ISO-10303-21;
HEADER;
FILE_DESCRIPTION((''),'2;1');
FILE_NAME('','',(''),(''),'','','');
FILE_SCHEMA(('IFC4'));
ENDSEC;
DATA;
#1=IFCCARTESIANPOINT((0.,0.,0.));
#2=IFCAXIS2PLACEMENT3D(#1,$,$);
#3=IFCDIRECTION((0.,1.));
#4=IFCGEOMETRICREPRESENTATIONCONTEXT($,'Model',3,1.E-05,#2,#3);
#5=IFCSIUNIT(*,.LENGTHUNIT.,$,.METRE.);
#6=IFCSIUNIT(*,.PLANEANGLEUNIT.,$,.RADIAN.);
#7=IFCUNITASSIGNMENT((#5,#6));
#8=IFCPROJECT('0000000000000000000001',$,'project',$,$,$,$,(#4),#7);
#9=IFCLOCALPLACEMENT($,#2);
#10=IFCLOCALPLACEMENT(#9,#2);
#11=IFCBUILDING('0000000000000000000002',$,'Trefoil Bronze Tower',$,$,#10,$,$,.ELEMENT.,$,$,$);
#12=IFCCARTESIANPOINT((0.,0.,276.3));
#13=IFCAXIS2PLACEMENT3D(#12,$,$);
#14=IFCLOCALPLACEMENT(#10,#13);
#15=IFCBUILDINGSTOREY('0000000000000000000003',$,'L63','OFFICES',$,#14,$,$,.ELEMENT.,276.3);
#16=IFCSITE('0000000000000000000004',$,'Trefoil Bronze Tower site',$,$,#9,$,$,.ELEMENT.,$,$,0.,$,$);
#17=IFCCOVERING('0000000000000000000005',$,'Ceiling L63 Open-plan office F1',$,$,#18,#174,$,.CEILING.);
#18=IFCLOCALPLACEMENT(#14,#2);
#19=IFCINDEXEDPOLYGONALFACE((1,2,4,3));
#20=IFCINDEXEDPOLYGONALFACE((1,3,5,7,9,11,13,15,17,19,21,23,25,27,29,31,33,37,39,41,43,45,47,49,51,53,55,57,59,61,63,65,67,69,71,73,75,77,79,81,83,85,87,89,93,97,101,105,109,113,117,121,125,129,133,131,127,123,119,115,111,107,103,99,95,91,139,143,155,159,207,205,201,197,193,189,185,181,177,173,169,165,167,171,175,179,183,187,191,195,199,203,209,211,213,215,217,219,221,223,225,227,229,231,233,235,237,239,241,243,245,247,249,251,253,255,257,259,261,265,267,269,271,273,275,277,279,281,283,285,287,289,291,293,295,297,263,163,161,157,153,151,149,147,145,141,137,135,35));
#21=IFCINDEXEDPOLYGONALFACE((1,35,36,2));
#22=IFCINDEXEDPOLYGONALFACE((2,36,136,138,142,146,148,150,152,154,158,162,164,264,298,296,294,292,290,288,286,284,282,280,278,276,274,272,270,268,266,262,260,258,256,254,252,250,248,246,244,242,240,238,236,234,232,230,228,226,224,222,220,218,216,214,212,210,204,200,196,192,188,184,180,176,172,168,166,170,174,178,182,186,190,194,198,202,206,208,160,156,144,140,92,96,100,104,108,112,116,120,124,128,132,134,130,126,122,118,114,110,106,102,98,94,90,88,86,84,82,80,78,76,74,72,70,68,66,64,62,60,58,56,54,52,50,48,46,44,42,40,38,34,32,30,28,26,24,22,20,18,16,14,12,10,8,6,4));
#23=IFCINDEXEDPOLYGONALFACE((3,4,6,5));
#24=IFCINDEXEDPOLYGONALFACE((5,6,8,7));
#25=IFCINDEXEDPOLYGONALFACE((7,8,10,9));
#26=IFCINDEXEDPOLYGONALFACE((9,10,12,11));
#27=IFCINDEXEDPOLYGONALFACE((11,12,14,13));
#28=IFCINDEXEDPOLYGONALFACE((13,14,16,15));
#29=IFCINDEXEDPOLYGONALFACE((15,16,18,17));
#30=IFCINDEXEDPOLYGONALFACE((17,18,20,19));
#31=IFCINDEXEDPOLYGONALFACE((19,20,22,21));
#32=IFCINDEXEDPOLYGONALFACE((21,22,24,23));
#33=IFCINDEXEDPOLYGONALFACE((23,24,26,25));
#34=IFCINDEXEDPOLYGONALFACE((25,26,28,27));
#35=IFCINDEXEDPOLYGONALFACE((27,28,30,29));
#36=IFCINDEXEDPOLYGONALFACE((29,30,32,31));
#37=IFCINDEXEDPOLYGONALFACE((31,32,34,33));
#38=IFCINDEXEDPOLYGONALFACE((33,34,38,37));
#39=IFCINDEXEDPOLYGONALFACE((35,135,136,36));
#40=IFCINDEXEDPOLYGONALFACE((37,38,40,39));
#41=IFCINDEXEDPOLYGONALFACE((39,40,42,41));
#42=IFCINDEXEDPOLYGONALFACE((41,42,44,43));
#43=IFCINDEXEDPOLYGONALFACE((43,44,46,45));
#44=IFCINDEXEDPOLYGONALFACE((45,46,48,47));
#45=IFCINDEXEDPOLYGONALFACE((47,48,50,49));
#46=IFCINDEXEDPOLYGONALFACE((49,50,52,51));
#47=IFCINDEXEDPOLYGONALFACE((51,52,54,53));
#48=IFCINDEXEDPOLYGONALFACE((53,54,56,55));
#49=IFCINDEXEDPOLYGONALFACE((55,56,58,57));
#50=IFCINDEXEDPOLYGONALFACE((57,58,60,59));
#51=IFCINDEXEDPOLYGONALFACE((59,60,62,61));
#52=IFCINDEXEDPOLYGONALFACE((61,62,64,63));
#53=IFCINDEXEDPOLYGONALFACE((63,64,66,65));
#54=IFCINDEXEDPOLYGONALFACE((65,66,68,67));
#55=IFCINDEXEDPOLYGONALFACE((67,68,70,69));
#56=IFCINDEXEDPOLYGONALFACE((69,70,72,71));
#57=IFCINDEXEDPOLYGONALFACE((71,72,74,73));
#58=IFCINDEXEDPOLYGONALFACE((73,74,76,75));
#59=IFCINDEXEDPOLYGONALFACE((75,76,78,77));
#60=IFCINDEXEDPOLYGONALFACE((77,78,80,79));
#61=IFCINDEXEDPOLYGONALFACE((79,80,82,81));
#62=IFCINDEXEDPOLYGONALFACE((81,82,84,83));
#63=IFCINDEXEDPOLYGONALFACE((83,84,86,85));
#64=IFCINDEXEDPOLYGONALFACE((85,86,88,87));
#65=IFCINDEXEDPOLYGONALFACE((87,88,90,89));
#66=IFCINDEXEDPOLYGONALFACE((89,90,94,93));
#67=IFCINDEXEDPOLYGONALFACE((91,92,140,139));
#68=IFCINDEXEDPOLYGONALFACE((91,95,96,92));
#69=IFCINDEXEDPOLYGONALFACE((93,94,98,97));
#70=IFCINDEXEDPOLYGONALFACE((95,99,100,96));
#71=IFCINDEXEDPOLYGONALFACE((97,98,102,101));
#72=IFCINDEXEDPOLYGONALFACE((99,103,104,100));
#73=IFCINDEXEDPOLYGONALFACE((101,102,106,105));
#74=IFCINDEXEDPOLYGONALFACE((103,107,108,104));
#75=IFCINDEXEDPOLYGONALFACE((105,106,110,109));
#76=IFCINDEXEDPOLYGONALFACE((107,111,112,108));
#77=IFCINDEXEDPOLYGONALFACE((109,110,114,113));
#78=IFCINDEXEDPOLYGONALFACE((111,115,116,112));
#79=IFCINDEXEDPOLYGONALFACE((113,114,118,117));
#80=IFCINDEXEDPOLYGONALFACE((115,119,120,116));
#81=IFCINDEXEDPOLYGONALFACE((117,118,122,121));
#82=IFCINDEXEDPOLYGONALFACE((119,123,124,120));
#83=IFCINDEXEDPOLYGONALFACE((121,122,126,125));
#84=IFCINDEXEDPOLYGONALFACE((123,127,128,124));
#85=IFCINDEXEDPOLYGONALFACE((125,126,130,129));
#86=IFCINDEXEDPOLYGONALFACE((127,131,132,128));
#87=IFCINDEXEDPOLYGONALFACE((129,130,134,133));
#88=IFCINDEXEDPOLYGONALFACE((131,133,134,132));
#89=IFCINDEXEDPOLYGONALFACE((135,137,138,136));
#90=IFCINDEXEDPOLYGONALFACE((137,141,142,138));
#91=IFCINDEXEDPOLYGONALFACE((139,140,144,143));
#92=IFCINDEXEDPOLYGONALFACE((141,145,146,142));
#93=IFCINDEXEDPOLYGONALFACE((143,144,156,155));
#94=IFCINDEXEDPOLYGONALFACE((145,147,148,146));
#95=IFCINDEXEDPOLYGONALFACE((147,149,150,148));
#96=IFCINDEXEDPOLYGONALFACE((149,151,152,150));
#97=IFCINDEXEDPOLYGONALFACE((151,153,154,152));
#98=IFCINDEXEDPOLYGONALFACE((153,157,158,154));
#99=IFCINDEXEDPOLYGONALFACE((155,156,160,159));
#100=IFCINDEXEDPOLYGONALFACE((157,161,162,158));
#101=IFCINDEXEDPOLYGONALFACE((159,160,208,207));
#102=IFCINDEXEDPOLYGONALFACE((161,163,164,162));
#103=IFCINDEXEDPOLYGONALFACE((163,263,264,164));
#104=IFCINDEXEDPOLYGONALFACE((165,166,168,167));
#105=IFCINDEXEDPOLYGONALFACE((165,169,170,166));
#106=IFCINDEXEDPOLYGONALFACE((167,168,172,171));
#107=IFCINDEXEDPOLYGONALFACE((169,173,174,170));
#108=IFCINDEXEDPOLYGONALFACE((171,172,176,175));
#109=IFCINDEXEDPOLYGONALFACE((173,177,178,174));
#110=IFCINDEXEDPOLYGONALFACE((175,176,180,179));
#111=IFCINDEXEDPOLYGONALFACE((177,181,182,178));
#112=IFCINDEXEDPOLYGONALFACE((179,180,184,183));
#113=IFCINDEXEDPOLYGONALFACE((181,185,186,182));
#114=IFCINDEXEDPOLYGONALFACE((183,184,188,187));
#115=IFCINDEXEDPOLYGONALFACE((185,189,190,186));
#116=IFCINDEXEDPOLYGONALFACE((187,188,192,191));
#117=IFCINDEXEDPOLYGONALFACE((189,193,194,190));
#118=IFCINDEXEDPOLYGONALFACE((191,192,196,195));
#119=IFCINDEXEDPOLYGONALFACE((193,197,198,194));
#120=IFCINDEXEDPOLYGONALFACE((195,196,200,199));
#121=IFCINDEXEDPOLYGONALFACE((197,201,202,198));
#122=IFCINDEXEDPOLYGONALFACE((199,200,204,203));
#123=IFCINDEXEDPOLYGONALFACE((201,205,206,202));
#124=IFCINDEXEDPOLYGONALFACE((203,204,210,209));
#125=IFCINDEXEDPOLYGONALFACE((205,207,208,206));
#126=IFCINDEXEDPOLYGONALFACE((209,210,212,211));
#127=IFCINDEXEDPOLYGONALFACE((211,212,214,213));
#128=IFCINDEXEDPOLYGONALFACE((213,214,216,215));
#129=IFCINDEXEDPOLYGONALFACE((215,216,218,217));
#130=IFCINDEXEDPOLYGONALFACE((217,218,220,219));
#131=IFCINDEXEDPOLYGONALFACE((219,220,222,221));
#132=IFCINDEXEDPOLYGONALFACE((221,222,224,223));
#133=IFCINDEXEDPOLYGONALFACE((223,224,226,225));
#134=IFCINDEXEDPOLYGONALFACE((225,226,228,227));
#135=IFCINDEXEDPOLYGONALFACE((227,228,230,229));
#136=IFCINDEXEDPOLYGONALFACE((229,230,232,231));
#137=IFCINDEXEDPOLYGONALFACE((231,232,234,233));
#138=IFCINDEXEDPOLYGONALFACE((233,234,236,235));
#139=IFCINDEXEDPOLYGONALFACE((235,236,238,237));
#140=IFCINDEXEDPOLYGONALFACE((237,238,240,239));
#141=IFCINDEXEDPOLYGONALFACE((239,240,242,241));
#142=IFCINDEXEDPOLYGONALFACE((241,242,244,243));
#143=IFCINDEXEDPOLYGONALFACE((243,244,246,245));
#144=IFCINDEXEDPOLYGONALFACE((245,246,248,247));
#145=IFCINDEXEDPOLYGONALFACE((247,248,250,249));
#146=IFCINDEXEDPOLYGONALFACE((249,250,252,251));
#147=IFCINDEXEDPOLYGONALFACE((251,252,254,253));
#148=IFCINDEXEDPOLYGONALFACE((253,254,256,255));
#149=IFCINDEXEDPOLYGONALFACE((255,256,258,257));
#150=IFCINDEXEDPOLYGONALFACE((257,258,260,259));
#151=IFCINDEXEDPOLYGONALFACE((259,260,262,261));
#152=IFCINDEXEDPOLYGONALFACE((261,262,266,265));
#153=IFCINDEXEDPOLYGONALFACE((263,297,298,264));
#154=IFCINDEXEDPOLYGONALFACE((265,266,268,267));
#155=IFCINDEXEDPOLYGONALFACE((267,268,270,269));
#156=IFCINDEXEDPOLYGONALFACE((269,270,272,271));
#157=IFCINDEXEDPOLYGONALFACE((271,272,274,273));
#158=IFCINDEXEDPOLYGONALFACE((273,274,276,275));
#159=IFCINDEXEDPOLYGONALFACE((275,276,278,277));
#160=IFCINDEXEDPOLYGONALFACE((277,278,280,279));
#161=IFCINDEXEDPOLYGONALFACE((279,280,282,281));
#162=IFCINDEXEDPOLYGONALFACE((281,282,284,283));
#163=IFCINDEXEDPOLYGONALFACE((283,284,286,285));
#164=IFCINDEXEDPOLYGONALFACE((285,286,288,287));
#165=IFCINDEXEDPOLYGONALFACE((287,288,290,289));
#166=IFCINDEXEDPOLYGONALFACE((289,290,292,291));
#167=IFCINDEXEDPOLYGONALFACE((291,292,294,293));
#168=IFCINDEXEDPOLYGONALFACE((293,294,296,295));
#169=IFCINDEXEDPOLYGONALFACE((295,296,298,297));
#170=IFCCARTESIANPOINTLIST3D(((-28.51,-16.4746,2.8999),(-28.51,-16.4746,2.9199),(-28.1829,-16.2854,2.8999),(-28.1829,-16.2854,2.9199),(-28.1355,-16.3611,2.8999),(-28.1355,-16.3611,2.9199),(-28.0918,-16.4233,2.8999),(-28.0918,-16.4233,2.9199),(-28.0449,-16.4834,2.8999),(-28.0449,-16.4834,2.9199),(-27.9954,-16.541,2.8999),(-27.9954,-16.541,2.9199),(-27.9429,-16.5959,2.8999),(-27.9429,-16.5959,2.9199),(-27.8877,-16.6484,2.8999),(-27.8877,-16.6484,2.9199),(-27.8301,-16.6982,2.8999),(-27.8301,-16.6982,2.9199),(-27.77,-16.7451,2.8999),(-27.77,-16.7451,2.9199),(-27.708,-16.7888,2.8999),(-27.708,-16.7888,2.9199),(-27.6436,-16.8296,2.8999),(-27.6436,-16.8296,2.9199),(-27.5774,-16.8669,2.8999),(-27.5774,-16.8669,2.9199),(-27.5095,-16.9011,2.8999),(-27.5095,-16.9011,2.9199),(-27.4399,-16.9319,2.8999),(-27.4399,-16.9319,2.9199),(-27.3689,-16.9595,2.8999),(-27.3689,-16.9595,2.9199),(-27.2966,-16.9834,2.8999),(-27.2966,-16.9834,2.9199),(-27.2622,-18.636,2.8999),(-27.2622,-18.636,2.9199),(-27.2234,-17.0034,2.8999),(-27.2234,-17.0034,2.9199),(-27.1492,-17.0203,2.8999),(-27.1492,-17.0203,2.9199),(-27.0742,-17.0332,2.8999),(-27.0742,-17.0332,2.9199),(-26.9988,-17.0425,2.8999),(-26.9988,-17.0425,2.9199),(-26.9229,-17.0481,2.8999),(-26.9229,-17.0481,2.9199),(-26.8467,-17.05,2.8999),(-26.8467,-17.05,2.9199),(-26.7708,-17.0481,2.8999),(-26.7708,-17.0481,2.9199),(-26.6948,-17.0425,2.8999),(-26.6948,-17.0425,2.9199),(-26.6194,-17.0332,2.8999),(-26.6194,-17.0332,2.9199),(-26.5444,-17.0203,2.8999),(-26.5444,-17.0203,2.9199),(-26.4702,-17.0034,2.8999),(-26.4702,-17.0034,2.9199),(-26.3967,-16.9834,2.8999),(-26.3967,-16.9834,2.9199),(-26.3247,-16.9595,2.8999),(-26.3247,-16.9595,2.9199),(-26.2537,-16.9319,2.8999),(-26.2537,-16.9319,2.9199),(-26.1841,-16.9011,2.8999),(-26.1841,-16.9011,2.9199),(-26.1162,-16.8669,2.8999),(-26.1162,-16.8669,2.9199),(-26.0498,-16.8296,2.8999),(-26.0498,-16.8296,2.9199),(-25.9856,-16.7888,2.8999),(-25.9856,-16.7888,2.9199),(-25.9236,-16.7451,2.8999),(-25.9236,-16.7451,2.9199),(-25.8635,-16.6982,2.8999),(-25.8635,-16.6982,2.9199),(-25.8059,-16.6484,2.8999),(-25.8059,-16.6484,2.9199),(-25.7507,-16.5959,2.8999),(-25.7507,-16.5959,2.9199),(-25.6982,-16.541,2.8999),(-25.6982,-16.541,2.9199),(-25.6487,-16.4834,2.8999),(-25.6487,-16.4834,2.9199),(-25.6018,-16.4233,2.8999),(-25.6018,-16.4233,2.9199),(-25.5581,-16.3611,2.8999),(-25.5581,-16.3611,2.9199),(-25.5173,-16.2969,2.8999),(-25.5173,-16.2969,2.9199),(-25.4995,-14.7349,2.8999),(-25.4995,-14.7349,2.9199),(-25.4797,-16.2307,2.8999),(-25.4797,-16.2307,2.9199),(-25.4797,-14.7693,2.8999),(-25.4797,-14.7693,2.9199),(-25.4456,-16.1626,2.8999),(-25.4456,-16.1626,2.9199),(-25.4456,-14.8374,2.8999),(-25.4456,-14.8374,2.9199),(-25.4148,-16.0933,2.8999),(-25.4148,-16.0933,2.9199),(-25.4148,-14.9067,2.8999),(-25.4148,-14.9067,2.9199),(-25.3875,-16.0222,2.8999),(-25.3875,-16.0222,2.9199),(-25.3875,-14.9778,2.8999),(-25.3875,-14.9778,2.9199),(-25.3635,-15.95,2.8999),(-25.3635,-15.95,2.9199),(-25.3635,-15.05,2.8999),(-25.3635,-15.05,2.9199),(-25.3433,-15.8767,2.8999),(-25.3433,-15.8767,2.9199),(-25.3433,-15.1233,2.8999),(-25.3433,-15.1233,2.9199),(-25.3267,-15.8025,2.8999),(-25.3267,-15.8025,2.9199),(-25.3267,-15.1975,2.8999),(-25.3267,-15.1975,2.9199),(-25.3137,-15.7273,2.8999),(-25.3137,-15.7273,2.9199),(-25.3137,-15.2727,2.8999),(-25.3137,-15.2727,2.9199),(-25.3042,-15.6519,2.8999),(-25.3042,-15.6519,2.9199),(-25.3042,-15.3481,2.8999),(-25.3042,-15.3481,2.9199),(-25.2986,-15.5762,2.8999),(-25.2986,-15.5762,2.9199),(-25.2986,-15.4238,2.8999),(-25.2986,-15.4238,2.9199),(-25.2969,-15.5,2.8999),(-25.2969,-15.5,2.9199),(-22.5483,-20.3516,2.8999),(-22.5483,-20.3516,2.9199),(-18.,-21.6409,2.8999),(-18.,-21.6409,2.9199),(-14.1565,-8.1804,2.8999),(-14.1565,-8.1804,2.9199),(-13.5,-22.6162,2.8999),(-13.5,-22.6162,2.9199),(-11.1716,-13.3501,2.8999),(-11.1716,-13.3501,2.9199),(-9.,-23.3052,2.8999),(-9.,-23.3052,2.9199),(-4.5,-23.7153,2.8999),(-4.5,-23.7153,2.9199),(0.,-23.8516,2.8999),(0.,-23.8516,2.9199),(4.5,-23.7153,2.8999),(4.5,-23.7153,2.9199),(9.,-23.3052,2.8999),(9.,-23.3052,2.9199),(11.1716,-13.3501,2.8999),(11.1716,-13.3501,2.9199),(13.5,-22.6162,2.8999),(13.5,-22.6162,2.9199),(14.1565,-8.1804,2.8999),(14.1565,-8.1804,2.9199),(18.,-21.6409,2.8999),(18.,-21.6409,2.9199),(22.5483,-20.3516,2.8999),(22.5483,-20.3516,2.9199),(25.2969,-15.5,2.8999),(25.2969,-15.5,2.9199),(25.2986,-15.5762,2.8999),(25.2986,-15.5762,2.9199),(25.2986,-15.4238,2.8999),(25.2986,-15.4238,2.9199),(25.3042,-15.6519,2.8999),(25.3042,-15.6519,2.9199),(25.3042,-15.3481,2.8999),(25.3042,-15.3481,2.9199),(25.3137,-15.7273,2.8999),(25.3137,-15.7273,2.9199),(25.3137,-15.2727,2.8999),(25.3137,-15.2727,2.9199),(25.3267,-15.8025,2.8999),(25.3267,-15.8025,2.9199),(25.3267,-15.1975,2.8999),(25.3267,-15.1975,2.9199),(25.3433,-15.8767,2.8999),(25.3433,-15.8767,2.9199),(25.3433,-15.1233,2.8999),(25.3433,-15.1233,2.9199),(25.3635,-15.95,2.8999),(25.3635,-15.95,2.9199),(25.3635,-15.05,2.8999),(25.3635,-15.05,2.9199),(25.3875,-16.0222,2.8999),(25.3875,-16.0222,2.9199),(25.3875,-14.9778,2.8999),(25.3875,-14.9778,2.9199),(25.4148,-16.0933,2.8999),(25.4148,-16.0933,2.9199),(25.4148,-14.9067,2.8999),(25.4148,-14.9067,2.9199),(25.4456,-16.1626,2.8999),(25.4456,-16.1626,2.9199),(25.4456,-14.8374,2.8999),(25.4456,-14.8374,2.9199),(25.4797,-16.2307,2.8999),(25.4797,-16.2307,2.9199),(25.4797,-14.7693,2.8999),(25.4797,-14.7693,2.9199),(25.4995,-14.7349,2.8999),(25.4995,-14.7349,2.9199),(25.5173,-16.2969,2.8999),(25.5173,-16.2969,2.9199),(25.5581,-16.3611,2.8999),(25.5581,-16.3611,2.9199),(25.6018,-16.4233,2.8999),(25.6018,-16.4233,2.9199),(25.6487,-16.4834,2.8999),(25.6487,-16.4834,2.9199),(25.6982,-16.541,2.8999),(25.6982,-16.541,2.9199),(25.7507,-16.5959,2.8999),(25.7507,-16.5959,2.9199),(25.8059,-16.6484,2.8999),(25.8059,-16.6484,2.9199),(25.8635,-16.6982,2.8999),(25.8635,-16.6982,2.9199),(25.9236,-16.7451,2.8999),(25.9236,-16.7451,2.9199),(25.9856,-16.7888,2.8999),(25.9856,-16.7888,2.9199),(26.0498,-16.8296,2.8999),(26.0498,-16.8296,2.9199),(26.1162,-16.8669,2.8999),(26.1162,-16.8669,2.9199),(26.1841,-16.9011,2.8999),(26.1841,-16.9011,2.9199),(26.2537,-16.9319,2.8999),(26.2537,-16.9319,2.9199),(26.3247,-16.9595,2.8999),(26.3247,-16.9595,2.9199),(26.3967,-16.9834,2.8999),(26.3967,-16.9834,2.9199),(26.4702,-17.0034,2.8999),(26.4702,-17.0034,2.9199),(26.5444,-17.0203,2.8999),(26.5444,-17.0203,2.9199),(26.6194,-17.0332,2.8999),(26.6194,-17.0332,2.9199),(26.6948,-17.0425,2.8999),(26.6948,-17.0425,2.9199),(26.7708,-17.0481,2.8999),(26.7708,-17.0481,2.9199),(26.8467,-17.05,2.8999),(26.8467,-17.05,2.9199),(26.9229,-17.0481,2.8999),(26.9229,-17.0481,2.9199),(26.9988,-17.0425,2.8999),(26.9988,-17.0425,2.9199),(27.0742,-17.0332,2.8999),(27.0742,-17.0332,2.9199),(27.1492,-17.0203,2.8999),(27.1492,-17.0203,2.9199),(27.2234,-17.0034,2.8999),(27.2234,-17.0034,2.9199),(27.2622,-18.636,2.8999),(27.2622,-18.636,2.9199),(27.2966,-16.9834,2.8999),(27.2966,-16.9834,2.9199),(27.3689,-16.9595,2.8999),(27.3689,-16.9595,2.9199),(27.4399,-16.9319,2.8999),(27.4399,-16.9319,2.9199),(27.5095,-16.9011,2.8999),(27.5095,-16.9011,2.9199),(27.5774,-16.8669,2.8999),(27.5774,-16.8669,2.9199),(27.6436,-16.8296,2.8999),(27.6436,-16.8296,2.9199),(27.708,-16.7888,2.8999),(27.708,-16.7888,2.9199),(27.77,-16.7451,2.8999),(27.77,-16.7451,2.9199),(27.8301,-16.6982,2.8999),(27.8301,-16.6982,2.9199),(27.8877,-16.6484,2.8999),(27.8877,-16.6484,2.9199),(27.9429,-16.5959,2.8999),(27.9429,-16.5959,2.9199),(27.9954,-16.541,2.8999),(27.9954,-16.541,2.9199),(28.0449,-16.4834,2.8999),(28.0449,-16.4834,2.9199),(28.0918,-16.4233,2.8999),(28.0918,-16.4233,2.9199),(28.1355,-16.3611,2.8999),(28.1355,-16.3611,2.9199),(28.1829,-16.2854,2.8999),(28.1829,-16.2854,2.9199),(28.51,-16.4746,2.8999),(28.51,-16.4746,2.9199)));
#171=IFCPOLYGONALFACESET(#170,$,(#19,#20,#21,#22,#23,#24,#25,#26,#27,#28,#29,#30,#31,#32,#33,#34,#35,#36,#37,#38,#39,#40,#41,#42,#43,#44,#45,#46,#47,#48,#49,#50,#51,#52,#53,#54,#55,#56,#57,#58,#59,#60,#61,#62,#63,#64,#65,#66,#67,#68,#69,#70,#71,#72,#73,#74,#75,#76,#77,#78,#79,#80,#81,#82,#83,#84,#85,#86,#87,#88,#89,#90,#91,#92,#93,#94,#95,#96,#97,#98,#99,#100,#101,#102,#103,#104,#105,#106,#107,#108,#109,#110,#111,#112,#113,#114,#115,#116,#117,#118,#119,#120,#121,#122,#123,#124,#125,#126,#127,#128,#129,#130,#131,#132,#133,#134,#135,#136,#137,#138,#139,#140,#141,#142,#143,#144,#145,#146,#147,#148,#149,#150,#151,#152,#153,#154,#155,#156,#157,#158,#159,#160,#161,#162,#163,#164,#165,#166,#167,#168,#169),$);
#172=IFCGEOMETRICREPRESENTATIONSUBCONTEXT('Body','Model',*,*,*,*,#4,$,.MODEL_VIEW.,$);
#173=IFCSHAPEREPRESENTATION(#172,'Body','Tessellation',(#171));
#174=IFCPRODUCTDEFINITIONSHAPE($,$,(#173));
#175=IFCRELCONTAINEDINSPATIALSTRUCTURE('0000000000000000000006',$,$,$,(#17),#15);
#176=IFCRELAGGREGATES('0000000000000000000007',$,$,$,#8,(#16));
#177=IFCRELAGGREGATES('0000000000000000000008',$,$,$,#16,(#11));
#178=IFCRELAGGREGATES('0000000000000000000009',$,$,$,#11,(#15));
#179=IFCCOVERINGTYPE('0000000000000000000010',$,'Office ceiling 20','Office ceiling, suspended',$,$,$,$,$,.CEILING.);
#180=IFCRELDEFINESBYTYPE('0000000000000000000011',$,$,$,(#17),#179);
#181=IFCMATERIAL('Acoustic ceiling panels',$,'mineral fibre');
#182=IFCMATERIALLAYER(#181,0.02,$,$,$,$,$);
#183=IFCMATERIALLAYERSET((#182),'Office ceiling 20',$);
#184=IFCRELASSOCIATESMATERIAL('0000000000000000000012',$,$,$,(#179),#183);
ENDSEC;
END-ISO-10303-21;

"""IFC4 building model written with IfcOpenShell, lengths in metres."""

from ifc_helpers import new_model, si_unit, direction, frame, origin, place, context, subcontext, project, spatial, polyline, outline, extrude, material, layer, layer_set, type_object, element, save


model = new_model("IFC4")

# Units and contexts
model_context = context("Model", 3, precision=1e-05, world=origin(), true_north=direction((0.0, 1.0)))
body_context = subcontext(model_context, "Body", "Model", "MODEL_VIEW")
ifc_project = project(units=[si_unit("LENGTHUNIT", "METRE"), si_unit("PLANEANGLEUNIT", "RADIAN")], contexts=[model_context])

# Site, building, storey
site_placement = place(None, origin())
site = spatial("IfcSite", under=ifc_project, at=site_placement, Name="Trefoil Bronze Tower site", CompositionType="ELEMENT", RefElevation=0.0)
building_placement = place(site_placement, origin())
building = spatial("IfcBuilding", under=site, at=building_placement, Name="Trefoil Bronze Tower", CompositionType="ELEMENT")
storey_placement = place(building_placement, frame((0.0, 0.0, 276.3)))
storey = spatial("IfcBuildingStorey", under=building, at=storey_placement, Name="L63", Description="OFFICES", CompositionType="ELEMENT", Elevation=276.3)

# Covering
ifc_material_1 = material(Name="Acoustic ceiling panels", Category="mineral fibre")
ifc_layer_1 = layer(ifc_material_1, 0.02)
ifc_layer_set_1 = layer_set([ifc_layer_1], Name="Office ceiling 20")
covering_type_1 = type_object("IfcCoveringType", Name="Office ceiling 20", Description="Office ceiling, suspended", PredefinedType="CEILING", material=ifc_layer_set_1)
covering_1_placement = place(storey_placement, frame((0.0, 0.0, 2.8999)))
element("IfcCovering", 1, at=covering_1_placement, inside=storey, type_object=covering_type_1, Name="Ceiling L63 Open-plan office F1", PredefinedType="CEILING", context=body_context, shape_type="SweptSolid", body=[
    extrude(outline(polyline([(-28.1355, -16.3611), (-28.0918, -16.4233), (-28.0449, -16.4834), (-27.9954, -16.541), (-27.9429, -16.5959), (-27.8877, -16.6484), (-27.8301, -16.6982), (-27.77, -16.7451), (-27.708, -16.7888), (-27.6436, -16.8296), (-27.5774, -16.8669), (-27.5095, -16.9011), (-27.4399, -16.9319), (-27.3689, -16.9595), (-27.2966, -16.9834), (-27.2234, -17.0034), (-27.1492, -17.0203), (-27.0742, -17.0332), (-26.9988, -17.0425), (-26.9229, -17.0481), (-26.8467, -17.05), (-26.7708, -17.0481), (-26.6948, -17.0425), (-26.6194, -17.0332), (-26.5444, -17.0203), (-26.4702, -17.0034), (-26.3967, -16.9834), (-26.3247, -16.9595), (-26.2537, -16.9319), (-26.1841, -16.9011), (-26.1162, -16.8669), (-26.0498, -16.8296), (-25.9856, -16.7888), (-25.9236, -16.7451), (-25.8635, -16.6982), (-25.8059, -16.6484), (-25.7507, -16.5959), (-25.6982, -16.541), (-25.6487, -16.4834), (-25.6018, -16.4233), (-25.5581, -16.3611), (-25.5173, -16.2969), (-25.4797, -16.2307), (-25.4456, -16.1626), (-25.4148, -16.0933), (-25.3875, -16.0222), (-25.3635, -15.95), (-25.3433, -15.8767), (-25.3267, -15.8025), (-25.3137, -15.7273), (-25.3042, -15.6519), (-25.2986, -15.5762), (-25.2969, -15.5), (-25.2986, -15.4238), (-25.3042, -15.3481), (-25.3137, -15.2727), (-25.3267, -15.1975), (-25.3433, -15.1233), (-25.3635, -15.05), (-25.3875, -14.9778), (-25.4148, -14.9067), (-25.4456, -14.8374), (-25.4797, -14.7693), (-25.4995, -14.7349), (-14.1565, -8.1804), (-11.1716, -13.3501), (11.1716, -13.3501), (14.1565, -8.1804), (25.4995, -14.7349), (25.4797, -14.7693), (25.4456, -14.8374), (25.4148, -14.9067), (25.3875, -14.9778), (25.3635, -15.05), (25.3433, -15.1233), (25.3267, -15.1975), (25.3137, -15.2727), (25.3042, -15.3481), (25.2986, -15.4238), (25.2969, -15.5), (25.2986, -15.5762), (25.3042, -15.6519), (25.3137, -15.7273), (25.3267, -15.8025), (25.3433, -15.8767), (25.3635, -15.95), (25.3875, -16.0222), (25.4148, -16.0933), (25.4456, -16.1626), (25.4797, -16.2307), (25.5173, -16.2969), (25.5581, -16.3611), (25.6018, -16.4233), (25.6487, -16.4834), (25.6982, -16.541), (25.7507, -16.5959), (25.8059, -16.6484), (25.8635, -16.6982), (25.9236, -16.7451), (25.9856, -16.7888), (26.0498, -16.8296), (26.1162, -16.8669), (26.1841, -16.9011), (26.2537, -16.9319), (26.3247, -16.9595), (26.3967, -16.9834), (26.4702, -17.0034), (26.5444, -17.0203), (26.6194, -17.0332), (26.6948, -17.0425), (26.7708, -17.0481), (26.8467, -17.05), (26.9229, -17.0481), (26.9988, -17.0425), (27.0742, -17.0332), (27.1492, -17.0203), (27.2234, -17.0034), (27.2966, -16.9834), (27.3689, -16.9595), (27.4399, -16.9319), (27.5095, -16.9011), (27.5774, -16.8669), (27.6436, -16.8296), (27.708, -16.7888), (27.77, -16.7451), (27.8301, -16.6982), (27.8877, -16.6484), (27.9429, -16.5959), (27.9954, -16.541), (28.0449, -16.4834), (28.0918, -16.4233), (28.1355, -16.3611), (28.1829, -16.2854), (28.51, -16.4746), (27.2622, -18.636), (22.5483, -20.3516), (18.0, -21.6409), (13.5, -22.6162), (9.0, -23.3052), (4.5, -23.7153), (0.0, -23.8516), (-4.5, -23.7153), (-9.0, -23.3052), (-13.5, -22.6162), (-18.0, -21.6409), (-22.5483, -20.3516), (-27.2622, -18.636), (-28.51, -16.4746), (-28.1829, -16.2854), (-28.1355, -16.3611)])), origin(), (0.0, 0.0, 1.0), 0.02),
])

save(model, "model.ifc")
